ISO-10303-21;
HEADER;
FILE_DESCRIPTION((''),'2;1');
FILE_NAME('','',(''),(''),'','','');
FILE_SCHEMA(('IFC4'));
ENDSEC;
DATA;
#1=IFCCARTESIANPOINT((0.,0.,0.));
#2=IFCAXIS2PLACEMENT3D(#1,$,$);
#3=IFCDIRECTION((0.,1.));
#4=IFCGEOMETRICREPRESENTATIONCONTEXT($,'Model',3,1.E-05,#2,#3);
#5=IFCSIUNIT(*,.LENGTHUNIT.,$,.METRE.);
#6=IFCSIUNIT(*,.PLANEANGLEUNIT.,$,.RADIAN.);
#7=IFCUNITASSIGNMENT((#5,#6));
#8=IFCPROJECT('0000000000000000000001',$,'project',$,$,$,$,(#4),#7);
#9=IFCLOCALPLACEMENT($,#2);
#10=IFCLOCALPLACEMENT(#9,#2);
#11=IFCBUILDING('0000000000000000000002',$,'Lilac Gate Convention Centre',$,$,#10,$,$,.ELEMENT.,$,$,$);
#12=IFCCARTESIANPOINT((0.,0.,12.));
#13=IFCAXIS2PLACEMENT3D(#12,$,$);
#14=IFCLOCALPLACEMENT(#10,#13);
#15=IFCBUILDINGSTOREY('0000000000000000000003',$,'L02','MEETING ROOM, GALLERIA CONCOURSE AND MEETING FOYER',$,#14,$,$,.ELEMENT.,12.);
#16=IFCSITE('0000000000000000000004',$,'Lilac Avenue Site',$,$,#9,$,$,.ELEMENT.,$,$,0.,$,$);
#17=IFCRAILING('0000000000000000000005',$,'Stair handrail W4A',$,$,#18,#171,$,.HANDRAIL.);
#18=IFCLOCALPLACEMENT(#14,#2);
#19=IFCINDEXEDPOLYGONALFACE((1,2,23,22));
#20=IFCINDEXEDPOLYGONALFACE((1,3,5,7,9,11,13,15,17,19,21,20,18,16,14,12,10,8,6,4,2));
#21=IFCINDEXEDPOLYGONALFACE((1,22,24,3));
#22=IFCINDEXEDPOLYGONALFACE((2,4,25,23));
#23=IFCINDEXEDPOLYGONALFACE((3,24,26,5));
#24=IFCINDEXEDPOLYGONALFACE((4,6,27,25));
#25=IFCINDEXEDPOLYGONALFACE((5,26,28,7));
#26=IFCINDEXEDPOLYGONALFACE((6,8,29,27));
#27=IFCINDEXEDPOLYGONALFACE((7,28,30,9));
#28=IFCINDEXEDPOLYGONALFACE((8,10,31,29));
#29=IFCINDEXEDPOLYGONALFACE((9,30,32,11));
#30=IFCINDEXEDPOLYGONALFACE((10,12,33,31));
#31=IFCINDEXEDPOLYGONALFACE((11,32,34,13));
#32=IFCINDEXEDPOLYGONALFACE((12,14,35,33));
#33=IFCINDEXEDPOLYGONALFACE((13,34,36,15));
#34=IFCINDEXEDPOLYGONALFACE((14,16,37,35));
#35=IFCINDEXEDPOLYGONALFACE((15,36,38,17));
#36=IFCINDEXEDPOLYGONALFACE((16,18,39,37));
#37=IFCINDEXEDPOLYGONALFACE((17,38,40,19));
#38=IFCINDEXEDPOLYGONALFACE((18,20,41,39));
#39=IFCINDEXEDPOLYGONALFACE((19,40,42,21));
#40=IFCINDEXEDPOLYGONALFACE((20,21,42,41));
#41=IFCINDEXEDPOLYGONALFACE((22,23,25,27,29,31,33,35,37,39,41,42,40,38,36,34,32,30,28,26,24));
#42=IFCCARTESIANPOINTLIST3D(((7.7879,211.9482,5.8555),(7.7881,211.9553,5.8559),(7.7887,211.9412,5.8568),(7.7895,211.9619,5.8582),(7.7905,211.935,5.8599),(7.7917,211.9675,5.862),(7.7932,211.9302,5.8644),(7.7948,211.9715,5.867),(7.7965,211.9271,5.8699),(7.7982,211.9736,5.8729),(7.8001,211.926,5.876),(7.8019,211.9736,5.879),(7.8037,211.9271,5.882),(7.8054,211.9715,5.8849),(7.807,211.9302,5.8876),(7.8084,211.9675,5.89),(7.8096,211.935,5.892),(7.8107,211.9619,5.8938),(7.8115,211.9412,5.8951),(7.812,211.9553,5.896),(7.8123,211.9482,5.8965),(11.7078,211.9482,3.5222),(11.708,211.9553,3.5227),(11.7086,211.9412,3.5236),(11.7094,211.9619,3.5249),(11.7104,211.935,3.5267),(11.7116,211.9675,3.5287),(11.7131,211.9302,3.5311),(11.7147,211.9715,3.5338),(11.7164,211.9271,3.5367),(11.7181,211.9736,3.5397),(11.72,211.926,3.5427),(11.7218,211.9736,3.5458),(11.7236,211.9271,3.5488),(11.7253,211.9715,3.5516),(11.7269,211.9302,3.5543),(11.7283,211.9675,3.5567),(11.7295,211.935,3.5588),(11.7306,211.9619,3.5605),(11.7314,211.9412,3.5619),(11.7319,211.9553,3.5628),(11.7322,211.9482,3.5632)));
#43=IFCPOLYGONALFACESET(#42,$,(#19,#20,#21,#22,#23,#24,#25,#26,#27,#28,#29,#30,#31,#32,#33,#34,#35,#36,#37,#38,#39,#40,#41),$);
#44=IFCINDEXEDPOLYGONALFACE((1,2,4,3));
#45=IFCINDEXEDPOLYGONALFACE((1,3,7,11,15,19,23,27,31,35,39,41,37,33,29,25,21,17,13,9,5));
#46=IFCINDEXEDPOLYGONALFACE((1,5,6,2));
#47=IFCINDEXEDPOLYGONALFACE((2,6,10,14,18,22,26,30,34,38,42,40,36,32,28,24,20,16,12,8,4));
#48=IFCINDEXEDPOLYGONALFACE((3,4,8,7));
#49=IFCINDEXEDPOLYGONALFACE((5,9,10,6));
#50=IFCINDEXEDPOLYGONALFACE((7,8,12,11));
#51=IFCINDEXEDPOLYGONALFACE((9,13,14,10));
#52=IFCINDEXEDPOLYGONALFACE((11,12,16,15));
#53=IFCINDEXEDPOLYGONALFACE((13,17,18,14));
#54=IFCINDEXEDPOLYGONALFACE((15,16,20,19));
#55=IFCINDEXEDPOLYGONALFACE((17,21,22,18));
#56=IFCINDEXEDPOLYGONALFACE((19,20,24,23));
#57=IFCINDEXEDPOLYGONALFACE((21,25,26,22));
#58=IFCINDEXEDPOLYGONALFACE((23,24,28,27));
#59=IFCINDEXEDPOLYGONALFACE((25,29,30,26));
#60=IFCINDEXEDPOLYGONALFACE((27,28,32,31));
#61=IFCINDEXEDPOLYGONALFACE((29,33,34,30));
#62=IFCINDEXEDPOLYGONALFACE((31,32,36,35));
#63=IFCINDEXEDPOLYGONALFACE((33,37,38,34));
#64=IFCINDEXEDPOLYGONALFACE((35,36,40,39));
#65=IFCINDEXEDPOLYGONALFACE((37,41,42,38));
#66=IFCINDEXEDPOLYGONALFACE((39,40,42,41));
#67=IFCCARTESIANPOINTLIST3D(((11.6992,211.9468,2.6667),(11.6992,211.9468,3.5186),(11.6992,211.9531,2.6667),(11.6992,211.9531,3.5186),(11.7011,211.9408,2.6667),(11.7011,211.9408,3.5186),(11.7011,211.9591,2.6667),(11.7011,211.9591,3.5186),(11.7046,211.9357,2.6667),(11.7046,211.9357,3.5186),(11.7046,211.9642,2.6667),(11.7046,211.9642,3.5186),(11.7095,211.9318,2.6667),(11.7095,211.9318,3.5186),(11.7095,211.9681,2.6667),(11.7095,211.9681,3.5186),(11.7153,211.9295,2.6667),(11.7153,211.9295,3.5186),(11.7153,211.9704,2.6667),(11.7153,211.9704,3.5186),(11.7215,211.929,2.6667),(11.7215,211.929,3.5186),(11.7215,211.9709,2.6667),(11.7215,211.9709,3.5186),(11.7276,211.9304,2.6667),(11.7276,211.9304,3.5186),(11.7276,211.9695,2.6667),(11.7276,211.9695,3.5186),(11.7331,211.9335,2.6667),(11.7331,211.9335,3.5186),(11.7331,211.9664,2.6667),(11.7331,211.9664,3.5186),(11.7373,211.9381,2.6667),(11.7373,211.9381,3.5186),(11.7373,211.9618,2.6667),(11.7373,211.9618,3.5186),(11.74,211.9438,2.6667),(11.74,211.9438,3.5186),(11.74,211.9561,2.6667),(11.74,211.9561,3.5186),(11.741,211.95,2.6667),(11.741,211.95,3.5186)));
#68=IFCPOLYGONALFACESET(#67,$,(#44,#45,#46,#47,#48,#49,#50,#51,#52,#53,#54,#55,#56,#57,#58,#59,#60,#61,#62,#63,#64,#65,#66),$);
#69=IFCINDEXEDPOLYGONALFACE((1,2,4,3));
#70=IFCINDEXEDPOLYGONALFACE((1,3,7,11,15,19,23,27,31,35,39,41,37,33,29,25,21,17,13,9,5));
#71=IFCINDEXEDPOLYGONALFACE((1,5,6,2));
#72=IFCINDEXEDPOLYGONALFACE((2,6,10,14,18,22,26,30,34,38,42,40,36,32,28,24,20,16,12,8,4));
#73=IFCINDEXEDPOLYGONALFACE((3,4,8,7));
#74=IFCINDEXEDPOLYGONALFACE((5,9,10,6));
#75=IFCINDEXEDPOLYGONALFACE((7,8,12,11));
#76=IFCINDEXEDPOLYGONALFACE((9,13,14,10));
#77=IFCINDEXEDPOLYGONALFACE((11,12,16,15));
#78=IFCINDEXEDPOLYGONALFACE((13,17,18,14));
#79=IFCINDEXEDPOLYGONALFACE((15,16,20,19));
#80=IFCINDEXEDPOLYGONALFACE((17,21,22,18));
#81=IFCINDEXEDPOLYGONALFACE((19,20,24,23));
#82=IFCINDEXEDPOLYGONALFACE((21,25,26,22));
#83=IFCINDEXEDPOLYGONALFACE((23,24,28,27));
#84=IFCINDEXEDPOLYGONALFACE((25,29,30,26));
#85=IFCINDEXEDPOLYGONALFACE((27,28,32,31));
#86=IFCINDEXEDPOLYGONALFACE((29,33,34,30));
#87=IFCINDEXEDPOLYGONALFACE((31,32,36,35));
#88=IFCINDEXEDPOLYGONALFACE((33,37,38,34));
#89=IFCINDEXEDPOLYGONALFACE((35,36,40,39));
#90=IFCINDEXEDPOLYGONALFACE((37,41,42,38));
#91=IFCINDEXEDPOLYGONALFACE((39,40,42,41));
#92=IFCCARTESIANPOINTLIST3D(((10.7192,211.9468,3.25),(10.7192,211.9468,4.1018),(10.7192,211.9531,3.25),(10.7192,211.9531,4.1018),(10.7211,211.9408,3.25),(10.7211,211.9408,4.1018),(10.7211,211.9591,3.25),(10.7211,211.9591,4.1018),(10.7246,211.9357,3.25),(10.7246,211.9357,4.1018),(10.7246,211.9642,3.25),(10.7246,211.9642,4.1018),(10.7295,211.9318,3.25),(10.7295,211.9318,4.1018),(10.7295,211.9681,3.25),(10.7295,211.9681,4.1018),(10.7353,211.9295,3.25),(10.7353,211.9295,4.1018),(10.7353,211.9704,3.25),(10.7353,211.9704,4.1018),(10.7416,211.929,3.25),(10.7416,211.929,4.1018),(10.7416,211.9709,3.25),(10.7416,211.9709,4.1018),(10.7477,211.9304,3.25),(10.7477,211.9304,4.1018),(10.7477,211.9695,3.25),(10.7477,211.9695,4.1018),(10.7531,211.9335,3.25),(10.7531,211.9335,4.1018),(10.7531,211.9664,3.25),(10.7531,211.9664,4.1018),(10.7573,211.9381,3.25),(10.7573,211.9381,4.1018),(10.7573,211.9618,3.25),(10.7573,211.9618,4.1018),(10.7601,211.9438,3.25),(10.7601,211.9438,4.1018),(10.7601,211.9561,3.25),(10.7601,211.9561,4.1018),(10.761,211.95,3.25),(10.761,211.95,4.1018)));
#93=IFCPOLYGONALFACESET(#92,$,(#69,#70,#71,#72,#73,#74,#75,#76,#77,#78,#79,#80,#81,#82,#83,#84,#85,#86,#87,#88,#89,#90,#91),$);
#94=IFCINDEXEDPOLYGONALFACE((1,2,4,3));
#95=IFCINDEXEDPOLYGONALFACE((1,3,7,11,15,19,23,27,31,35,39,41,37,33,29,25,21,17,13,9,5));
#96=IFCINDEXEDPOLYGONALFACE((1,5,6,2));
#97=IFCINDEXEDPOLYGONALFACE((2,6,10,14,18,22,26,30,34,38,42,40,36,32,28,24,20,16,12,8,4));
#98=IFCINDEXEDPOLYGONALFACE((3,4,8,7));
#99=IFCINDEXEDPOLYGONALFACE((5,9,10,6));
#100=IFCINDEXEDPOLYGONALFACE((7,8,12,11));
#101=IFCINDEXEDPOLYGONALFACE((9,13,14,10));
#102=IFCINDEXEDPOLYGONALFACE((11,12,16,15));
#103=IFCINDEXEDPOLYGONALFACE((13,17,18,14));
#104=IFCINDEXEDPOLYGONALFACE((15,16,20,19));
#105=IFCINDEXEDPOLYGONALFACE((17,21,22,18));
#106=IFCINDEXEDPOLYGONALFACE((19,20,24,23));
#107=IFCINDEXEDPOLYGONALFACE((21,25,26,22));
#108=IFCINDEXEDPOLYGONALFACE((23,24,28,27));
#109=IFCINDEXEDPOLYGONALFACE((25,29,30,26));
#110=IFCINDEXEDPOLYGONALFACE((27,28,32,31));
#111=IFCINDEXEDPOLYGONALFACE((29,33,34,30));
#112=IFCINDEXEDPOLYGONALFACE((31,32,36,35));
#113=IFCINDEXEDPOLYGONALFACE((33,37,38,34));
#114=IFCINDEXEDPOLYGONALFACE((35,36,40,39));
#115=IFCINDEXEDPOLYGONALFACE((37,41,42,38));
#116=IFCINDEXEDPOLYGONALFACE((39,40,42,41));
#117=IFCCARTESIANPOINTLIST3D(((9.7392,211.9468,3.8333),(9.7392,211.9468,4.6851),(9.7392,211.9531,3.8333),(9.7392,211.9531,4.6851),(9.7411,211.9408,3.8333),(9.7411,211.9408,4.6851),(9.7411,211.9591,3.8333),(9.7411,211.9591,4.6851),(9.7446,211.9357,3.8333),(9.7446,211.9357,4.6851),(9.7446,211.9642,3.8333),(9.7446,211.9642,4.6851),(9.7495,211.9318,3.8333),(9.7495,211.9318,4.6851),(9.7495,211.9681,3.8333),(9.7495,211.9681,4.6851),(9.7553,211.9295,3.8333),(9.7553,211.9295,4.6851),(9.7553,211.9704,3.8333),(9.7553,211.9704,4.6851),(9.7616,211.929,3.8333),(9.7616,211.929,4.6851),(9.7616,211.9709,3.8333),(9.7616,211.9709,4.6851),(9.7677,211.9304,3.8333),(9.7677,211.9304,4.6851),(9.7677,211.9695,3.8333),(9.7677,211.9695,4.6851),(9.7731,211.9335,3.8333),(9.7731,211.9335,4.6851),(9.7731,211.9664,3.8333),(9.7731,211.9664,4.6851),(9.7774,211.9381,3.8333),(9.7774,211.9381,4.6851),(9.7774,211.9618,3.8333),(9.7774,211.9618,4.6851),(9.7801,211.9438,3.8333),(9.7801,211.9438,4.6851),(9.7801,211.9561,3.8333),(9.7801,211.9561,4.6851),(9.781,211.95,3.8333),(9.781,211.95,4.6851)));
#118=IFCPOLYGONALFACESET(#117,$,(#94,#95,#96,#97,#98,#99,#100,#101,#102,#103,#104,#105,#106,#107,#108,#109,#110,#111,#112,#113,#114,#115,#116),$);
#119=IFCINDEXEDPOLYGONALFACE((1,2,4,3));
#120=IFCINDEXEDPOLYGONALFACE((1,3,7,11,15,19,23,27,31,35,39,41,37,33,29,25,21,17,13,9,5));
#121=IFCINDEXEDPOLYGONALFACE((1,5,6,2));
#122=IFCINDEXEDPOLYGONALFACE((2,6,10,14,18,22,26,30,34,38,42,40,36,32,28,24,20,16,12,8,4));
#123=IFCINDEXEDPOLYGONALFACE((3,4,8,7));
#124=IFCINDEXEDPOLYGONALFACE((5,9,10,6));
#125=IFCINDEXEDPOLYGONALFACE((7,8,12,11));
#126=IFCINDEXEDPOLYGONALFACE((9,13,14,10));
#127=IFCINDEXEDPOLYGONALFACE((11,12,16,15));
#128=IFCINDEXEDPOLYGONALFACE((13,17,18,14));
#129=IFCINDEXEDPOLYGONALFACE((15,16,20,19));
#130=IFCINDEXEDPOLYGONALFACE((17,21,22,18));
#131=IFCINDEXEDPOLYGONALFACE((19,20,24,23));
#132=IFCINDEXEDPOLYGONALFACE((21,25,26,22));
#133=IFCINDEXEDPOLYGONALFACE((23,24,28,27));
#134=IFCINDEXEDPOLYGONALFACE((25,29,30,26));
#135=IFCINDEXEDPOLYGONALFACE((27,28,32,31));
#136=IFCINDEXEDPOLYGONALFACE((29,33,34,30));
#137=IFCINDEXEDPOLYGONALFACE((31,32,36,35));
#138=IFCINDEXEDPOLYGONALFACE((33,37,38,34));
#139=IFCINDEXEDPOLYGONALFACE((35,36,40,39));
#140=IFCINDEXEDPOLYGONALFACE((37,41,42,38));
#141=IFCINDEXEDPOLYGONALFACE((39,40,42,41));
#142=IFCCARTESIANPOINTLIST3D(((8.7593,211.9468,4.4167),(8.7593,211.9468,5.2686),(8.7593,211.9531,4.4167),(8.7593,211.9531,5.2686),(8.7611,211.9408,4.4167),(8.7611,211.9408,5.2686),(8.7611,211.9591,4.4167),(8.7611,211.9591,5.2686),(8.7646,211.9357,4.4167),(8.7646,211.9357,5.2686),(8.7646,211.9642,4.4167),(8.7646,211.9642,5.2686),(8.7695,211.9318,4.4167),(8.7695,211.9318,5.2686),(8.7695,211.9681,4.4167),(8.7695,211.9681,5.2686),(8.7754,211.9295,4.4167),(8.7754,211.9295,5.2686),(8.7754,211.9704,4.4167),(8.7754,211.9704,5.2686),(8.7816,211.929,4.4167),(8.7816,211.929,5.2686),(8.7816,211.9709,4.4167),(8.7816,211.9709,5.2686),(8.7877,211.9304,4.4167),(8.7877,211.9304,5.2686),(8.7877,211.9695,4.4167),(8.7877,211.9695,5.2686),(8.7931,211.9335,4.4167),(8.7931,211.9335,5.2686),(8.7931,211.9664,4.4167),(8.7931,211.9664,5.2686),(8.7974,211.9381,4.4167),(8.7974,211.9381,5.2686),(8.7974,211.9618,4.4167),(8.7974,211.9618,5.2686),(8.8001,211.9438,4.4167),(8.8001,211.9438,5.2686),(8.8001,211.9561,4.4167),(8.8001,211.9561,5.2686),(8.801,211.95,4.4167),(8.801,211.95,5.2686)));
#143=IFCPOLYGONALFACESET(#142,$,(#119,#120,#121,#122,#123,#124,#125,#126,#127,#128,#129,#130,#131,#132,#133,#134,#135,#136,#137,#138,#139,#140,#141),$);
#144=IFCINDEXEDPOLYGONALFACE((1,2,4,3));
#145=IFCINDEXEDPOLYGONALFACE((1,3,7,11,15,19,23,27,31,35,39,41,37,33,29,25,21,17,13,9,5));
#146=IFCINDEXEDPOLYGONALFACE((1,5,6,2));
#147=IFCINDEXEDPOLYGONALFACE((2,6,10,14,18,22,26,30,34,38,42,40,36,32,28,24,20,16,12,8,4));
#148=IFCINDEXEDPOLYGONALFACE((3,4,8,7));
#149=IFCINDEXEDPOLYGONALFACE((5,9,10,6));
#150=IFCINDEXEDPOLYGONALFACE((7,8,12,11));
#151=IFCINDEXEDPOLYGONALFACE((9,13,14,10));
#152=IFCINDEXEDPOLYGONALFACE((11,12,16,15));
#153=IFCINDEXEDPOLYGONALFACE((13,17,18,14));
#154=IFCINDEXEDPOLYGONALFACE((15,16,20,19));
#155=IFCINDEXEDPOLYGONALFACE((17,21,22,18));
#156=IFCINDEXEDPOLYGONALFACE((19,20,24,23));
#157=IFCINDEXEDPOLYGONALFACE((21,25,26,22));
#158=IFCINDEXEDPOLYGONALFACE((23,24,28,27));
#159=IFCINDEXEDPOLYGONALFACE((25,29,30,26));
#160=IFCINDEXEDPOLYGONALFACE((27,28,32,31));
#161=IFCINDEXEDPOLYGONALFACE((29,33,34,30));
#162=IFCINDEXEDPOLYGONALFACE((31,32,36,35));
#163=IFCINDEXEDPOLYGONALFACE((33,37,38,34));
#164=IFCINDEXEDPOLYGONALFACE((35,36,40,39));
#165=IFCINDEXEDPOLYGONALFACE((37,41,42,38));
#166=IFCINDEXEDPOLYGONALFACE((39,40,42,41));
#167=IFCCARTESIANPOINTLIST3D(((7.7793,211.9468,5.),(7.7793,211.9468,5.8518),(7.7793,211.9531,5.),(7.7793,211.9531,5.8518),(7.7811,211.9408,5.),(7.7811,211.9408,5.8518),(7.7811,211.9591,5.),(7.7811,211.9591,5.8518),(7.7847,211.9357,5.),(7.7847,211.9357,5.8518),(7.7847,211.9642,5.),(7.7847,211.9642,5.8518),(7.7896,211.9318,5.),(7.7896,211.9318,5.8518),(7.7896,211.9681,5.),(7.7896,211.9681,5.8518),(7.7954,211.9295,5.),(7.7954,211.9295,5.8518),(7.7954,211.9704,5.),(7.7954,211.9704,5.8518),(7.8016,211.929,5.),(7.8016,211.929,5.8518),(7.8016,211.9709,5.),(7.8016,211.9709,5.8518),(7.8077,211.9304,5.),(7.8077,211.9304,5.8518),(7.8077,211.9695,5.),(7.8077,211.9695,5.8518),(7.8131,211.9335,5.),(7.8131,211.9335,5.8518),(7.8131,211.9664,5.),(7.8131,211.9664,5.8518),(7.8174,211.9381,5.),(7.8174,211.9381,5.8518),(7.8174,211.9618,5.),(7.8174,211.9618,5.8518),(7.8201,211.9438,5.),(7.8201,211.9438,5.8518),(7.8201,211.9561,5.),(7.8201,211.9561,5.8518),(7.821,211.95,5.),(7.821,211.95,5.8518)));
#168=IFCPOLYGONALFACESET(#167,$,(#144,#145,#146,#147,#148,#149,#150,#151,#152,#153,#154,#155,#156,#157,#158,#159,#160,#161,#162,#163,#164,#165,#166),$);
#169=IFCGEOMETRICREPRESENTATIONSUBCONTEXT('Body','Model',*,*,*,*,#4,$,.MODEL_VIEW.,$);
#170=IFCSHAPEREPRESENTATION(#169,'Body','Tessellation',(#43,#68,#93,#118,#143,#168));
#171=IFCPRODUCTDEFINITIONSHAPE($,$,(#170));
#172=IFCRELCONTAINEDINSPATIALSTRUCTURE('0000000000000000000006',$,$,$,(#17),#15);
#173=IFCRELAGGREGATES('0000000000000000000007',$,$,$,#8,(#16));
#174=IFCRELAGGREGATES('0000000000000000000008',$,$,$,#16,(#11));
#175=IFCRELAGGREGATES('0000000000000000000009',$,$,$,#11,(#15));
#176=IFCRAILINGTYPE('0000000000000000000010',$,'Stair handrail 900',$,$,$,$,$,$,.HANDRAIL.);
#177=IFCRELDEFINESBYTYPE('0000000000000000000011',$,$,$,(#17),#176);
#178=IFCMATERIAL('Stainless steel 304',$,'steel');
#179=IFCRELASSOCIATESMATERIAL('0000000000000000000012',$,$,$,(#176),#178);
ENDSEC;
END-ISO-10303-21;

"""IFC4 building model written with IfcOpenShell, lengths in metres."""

from ifc_helpers import new_model, si_unit, direction, frame, origin, origin_2d, place, context, subcontext, project, spatial, circle, extrude, material, type_object, element, save


model = new_model("IFC4")

# Units and contexts
model_context = context("Model", 3, precision=1e-05, world=origin(), true_north=direction((0.0, 1.0)))
body_context = subcontext(model_context, "Body", "Model", "MODEL_VIEW")
ifc_project = project(units=[si_unit("LENGTHUNIT", "METRE"), si_unit("PLANEANGLEUNIT", "RADIAN")], contexts=[model_context])

# Site, building, storey
site_placement = place(None, origin())
site = spatial("IfcSite", under=ifc_project, at=site_placement, Name="Lilac Avenue Site", CompositionType="ELEMENT", RefElevation=0.0)
building_placement = place(site_placement, origin())
building = spatial("IfcBuilding", under=site, at=building_placement, Name="Lilac Gate Convention Centre", CompositionType="ELEMENT")
storey_placement = place(building_placement, frame((0.0, 0.0, 12.0)))
storey = spatial("IfcBuildingStorey", under=building, at=storey_placement, Name="L02", Description="MEETING ROOM, GALLERIA CONCOURSE AND MEETING FOYER", CompositionType="ELEMENT", Elevation=12.0)

# Railing
ifc_material_1 = material(Name="Stainless steel 304", Category="steel")
railing_type = type_object("IfcRailingType", Name="Stair handrail 900", PredefinedType="HANDRAIL", material=ifc_material_1)
for number, where, name in (
    (1, (11.72, 211.95, 2.6667), "Stair handrail W4A"),
):
    element("IfcRailing", number, at=place(storey_placement, frame(where)), inside=storey, type_object=railing_type, Name=name, PredefinedType="HANDRAIL", context=body_context, shape_type="SweptSolid", body=[
        extrude(circle(Radius=0.0239, at=origin_2d()), frame((0.0, 0.0, 0.876), z_axis=(-0.859296, 0.0, 0.511478), x_axis=(0.0, -1.0, 0.0)), (0.0, 0.0, 1.0), 4.5618),
        extrude(circle(Radius=0.021, at=origin_2d()), origin(), (0.0, 0.0, 1.0), 0.8518),
        extrude(circle(Radius=0.021, at=origin_2d()), frame((-0.98, 0.0, 0.5833)), (0.0, 0.0, 1.0), 0.8518),
        extrude(circle(Radius=0.021, at=origin_2d()), frame((-1.96, 0.0, 1.1665)), (0.0, 0.0, 1.0), 0.8518),
        extrude(circle(Radius=0.021, at=origin_2d()), frame((-2.9399, 0.0, 1.75)), (0.0, 0.0, 1.0), 0.8518),
        extrude(circle(Radius=0.021, at=origin_2d()), frame((-3.9199, 0.0, 2.3333)), (0.0, 0.0, 1.0), 0.8518),
    ])

save(model, "model.ifc")
